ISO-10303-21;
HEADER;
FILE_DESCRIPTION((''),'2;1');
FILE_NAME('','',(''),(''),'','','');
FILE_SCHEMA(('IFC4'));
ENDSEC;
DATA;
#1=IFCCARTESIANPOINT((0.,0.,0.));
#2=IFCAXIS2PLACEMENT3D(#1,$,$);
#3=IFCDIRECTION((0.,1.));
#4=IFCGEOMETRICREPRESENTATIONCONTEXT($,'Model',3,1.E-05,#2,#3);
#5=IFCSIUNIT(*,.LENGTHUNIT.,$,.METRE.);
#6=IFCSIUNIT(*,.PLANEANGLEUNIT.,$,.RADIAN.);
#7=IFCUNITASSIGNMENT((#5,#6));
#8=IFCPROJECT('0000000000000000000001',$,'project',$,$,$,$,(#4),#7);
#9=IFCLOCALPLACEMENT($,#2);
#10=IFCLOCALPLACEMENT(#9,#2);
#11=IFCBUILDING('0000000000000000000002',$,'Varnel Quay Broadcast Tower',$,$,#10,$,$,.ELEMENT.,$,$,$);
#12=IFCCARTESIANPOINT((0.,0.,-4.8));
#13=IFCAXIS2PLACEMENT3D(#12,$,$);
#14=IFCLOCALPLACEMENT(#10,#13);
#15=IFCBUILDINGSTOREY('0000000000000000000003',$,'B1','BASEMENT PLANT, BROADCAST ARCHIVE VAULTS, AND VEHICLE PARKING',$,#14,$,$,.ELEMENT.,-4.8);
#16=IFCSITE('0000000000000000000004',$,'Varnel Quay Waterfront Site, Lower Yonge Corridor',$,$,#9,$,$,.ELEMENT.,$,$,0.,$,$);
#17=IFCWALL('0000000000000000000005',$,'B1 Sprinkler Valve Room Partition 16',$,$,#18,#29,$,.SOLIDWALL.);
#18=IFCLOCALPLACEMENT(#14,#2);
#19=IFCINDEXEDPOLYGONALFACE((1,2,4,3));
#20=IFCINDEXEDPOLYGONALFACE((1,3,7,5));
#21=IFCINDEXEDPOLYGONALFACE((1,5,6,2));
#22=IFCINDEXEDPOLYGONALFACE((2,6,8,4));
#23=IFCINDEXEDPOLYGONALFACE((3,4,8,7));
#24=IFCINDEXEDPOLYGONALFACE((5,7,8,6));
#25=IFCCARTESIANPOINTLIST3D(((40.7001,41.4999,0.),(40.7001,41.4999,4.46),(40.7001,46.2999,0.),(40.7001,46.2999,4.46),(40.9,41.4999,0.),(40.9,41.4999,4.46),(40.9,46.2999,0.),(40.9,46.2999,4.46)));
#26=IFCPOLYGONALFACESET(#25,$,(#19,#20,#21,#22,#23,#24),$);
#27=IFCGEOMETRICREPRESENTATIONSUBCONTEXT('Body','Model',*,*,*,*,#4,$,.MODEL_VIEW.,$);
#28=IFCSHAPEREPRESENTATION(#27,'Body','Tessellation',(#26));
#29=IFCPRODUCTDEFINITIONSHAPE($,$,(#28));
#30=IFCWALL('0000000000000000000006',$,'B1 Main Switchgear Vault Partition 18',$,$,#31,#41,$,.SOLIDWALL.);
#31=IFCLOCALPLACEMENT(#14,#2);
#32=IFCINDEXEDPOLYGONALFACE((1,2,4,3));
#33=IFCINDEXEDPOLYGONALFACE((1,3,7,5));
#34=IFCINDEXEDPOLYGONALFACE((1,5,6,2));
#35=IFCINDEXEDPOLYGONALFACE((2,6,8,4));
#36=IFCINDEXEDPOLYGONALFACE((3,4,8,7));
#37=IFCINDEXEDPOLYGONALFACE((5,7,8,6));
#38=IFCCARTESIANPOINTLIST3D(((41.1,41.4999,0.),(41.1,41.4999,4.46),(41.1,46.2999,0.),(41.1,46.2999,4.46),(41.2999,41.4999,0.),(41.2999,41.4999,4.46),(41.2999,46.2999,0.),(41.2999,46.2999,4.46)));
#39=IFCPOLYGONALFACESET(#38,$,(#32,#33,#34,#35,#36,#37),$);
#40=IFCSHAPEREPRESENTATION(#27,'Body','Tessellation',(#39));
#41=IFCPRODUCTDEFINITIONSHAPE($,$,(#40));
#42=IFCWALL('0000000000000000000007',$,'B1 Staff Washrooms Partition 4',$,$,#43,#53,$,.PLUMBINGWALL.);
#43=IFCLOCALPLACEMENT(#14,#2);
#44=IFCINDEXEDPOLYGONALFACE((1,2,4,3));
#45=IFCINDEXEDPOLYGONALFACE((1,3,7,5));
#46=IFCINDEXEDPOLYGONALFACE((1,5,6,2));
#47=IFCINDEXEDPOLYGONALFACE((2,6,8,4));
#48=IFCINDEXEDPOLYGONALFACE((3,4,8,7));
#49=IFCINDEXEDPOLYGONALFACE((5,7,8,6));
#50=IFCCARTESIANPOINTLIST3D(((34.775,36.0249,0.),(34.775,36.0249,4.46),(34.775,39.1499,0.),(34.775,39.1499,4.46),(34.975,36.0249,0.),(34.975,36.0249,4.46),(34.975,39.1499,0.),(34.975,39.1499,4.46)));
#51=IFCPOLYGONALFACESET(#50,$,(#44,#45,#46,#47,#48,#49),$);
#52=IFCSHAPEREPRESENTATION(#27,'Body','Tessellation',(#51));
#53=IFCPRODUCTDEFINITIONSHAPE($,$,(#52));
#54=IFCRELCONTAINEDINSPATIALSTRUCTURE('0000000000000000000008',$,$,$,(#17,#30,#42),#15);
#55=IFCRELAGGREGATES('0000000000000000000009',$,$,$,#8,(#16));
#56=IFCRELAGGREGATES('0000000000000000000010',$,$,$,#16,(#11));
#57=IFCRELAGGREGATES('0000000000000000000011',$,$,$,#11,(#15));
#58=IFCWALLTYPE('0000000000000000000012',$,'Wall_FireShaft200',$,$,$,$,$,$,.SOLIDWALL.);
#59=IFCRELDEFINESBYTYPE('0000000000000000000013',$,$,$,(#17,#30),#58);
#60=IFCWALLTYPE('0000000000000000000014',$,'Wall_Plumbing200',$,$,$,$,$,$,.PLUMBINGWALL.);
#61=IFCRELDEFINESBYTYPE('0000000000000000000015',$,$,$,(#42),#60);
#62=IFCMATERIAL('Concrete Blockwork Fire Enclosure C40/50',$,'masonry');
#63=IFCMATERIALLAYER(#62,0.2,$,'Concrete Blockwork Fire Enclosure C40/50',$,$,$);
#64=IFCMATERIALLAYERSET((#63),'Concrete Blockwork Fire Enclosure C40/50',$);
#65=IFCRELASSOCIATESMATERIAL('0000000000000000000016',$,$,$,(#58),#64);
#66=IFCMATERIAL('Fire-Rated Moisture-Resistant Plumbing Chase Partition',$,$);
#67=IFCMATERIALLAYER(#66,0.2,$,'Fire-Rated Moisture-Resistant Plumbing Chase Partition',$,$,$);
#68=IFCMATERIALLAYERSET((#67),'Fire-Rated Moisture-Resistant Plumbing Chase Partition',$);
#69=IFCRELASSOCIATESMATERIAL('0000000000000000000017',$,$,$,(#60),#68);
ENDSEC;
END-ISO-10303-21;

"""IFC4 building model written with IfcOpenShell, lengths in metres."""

from ifc_helpers import new_model, si_unit, direction, frame, frame_2d, origin, place, context, subcontext, project, spatial, rectangle, extrude, material, layer, layer_set, type_object, element, save


model = new_model("IFC4")

# Units and contexts
model_context = context("Model", 3, precision=1e-05, world=origin(), true_north=direction((0.0, 1.0)))
body_context = subcontext(model_context, "Body", "Model", "MODEL_VIEW")
ifc_project = project(units=[si_unit("LENGTHUNIT", "METRE"), si_unit("PLANEANGLEUNIT", "RADIAN")], contexts=[model_context])

# Site, building, storey
site_placement = place(None, origin())
site = spatial("IfcSite", under=ifc_project, at=site_placement, Name="Varnel Quay Waterfront Site, Lower Yonge Corridor", CompositionType="ELEMENT", RefElevation=0.0)
building_placement = place(site_placement, origin())
building = spatial("IfcBuilding", under=site, at=building_placement, Name="Varnel Quay Broadcast Tower", CompositionType="ELEMENT")
storey_placement = place(building_placement, frame((0.0, 0.0, -4.8)))
storey = spatial("IfcBuildingStorey", under=building, at=storey_placement, Name="B1", Description="BASEMENT PLANT, BROADCAST ARCHIVE VAULTS, AND VEHICLE PARKING", CompositionType="ELEMENT", Elevation=-4.8)

# Shared definitions
ifc_material_1 = material(Name="Concrete Blockwork Fire Enclosure C40/50", Category="masonry")
ifc_layer_1 = layer(ifc_material_1, 0.2, Name="Concrete Blockwork Fire Enclosure C40/50")
ifc_layer_set_1 = layer_set([ifc_layer_1], Name="Concrete Blockwork Fire Enclosure C40/50")
wall_type_1 = type_object("IfcWallType", Name="Wall_FireShaft200", PredefinedType="SOLIDWALL", material=ifc_layer_set_1)

# Walls
for number, where, z_axis, x_axis, name in (
    (1, (40.8, 41.5, 0.0), (0.0, 0.0, 1.0), (0.0, 1.0, 0.0), "B1 Sprinkler Valve Room Partition 16"),
    (2, (41.2, 41.5, 0.0), (0.0, 0.0, 1.0), (0.0, 1.0, 0.0), "B1 Main Switchgear Vault Partition 18"),
):
    element("IfcWall", number, at=place(storey_placement, frame(where, z_axis=z_axis, x_axis=x_axis)), inside=storey, type_object=wall_type_1, Name=name, PredefinedType="SOLIDWALL", context=body_context, shape_type="SweptSolid", body=[
        extrude(rectangle(XDim=4.8, YDim=0.2, at=frame_2d((2.3999, 0.0))), origin(), (0.0, 0.0, 1.0), 4.46),
    ])
ifc_material_2 = material(Name="Fire-Rated Moisture-Resistant Plumbing Chase Partition")
ifc_layer_2 = layer(ifc_material_2, 0.2, Name="Fire-Rated Moisture-Resistant Plumbing Chase Partition")
ifc_layer_set_2 = layer_set([ifc_layer_2], Name="Fire-Rated Moisture-Resistant Plumbing Chase Partition")
wall_type_2 = type_object("IfcWallType", Name="Wall_Plumbing200", PredefinedType="PLUMBINGWALL", material=ifc_layer_set_2)
wall_1_placement = place(storey_placement, frame((34.875, 36.0249, 0.0), z_axis=(0.0, 0.0, 1.0), x_axis=(0.0, 1.0, 0.0)))
element("IfcWall", 3, at=wall_1_placement, inside=storey, type_object=wall_type_2, Name="B1 Staff Washrooms Partition 4", PredefinedType="PLUMBINGWALL", context=body_context, shape_type="SweptSolid", body=[
    extrude(rectangle(XDim=3.125, YDim=0.2, at=frame_2d((1.5625, 0.0))), origin(), (0.0, 0.0, 1.0), 4.46),
])

save(model, "model.ifc")
